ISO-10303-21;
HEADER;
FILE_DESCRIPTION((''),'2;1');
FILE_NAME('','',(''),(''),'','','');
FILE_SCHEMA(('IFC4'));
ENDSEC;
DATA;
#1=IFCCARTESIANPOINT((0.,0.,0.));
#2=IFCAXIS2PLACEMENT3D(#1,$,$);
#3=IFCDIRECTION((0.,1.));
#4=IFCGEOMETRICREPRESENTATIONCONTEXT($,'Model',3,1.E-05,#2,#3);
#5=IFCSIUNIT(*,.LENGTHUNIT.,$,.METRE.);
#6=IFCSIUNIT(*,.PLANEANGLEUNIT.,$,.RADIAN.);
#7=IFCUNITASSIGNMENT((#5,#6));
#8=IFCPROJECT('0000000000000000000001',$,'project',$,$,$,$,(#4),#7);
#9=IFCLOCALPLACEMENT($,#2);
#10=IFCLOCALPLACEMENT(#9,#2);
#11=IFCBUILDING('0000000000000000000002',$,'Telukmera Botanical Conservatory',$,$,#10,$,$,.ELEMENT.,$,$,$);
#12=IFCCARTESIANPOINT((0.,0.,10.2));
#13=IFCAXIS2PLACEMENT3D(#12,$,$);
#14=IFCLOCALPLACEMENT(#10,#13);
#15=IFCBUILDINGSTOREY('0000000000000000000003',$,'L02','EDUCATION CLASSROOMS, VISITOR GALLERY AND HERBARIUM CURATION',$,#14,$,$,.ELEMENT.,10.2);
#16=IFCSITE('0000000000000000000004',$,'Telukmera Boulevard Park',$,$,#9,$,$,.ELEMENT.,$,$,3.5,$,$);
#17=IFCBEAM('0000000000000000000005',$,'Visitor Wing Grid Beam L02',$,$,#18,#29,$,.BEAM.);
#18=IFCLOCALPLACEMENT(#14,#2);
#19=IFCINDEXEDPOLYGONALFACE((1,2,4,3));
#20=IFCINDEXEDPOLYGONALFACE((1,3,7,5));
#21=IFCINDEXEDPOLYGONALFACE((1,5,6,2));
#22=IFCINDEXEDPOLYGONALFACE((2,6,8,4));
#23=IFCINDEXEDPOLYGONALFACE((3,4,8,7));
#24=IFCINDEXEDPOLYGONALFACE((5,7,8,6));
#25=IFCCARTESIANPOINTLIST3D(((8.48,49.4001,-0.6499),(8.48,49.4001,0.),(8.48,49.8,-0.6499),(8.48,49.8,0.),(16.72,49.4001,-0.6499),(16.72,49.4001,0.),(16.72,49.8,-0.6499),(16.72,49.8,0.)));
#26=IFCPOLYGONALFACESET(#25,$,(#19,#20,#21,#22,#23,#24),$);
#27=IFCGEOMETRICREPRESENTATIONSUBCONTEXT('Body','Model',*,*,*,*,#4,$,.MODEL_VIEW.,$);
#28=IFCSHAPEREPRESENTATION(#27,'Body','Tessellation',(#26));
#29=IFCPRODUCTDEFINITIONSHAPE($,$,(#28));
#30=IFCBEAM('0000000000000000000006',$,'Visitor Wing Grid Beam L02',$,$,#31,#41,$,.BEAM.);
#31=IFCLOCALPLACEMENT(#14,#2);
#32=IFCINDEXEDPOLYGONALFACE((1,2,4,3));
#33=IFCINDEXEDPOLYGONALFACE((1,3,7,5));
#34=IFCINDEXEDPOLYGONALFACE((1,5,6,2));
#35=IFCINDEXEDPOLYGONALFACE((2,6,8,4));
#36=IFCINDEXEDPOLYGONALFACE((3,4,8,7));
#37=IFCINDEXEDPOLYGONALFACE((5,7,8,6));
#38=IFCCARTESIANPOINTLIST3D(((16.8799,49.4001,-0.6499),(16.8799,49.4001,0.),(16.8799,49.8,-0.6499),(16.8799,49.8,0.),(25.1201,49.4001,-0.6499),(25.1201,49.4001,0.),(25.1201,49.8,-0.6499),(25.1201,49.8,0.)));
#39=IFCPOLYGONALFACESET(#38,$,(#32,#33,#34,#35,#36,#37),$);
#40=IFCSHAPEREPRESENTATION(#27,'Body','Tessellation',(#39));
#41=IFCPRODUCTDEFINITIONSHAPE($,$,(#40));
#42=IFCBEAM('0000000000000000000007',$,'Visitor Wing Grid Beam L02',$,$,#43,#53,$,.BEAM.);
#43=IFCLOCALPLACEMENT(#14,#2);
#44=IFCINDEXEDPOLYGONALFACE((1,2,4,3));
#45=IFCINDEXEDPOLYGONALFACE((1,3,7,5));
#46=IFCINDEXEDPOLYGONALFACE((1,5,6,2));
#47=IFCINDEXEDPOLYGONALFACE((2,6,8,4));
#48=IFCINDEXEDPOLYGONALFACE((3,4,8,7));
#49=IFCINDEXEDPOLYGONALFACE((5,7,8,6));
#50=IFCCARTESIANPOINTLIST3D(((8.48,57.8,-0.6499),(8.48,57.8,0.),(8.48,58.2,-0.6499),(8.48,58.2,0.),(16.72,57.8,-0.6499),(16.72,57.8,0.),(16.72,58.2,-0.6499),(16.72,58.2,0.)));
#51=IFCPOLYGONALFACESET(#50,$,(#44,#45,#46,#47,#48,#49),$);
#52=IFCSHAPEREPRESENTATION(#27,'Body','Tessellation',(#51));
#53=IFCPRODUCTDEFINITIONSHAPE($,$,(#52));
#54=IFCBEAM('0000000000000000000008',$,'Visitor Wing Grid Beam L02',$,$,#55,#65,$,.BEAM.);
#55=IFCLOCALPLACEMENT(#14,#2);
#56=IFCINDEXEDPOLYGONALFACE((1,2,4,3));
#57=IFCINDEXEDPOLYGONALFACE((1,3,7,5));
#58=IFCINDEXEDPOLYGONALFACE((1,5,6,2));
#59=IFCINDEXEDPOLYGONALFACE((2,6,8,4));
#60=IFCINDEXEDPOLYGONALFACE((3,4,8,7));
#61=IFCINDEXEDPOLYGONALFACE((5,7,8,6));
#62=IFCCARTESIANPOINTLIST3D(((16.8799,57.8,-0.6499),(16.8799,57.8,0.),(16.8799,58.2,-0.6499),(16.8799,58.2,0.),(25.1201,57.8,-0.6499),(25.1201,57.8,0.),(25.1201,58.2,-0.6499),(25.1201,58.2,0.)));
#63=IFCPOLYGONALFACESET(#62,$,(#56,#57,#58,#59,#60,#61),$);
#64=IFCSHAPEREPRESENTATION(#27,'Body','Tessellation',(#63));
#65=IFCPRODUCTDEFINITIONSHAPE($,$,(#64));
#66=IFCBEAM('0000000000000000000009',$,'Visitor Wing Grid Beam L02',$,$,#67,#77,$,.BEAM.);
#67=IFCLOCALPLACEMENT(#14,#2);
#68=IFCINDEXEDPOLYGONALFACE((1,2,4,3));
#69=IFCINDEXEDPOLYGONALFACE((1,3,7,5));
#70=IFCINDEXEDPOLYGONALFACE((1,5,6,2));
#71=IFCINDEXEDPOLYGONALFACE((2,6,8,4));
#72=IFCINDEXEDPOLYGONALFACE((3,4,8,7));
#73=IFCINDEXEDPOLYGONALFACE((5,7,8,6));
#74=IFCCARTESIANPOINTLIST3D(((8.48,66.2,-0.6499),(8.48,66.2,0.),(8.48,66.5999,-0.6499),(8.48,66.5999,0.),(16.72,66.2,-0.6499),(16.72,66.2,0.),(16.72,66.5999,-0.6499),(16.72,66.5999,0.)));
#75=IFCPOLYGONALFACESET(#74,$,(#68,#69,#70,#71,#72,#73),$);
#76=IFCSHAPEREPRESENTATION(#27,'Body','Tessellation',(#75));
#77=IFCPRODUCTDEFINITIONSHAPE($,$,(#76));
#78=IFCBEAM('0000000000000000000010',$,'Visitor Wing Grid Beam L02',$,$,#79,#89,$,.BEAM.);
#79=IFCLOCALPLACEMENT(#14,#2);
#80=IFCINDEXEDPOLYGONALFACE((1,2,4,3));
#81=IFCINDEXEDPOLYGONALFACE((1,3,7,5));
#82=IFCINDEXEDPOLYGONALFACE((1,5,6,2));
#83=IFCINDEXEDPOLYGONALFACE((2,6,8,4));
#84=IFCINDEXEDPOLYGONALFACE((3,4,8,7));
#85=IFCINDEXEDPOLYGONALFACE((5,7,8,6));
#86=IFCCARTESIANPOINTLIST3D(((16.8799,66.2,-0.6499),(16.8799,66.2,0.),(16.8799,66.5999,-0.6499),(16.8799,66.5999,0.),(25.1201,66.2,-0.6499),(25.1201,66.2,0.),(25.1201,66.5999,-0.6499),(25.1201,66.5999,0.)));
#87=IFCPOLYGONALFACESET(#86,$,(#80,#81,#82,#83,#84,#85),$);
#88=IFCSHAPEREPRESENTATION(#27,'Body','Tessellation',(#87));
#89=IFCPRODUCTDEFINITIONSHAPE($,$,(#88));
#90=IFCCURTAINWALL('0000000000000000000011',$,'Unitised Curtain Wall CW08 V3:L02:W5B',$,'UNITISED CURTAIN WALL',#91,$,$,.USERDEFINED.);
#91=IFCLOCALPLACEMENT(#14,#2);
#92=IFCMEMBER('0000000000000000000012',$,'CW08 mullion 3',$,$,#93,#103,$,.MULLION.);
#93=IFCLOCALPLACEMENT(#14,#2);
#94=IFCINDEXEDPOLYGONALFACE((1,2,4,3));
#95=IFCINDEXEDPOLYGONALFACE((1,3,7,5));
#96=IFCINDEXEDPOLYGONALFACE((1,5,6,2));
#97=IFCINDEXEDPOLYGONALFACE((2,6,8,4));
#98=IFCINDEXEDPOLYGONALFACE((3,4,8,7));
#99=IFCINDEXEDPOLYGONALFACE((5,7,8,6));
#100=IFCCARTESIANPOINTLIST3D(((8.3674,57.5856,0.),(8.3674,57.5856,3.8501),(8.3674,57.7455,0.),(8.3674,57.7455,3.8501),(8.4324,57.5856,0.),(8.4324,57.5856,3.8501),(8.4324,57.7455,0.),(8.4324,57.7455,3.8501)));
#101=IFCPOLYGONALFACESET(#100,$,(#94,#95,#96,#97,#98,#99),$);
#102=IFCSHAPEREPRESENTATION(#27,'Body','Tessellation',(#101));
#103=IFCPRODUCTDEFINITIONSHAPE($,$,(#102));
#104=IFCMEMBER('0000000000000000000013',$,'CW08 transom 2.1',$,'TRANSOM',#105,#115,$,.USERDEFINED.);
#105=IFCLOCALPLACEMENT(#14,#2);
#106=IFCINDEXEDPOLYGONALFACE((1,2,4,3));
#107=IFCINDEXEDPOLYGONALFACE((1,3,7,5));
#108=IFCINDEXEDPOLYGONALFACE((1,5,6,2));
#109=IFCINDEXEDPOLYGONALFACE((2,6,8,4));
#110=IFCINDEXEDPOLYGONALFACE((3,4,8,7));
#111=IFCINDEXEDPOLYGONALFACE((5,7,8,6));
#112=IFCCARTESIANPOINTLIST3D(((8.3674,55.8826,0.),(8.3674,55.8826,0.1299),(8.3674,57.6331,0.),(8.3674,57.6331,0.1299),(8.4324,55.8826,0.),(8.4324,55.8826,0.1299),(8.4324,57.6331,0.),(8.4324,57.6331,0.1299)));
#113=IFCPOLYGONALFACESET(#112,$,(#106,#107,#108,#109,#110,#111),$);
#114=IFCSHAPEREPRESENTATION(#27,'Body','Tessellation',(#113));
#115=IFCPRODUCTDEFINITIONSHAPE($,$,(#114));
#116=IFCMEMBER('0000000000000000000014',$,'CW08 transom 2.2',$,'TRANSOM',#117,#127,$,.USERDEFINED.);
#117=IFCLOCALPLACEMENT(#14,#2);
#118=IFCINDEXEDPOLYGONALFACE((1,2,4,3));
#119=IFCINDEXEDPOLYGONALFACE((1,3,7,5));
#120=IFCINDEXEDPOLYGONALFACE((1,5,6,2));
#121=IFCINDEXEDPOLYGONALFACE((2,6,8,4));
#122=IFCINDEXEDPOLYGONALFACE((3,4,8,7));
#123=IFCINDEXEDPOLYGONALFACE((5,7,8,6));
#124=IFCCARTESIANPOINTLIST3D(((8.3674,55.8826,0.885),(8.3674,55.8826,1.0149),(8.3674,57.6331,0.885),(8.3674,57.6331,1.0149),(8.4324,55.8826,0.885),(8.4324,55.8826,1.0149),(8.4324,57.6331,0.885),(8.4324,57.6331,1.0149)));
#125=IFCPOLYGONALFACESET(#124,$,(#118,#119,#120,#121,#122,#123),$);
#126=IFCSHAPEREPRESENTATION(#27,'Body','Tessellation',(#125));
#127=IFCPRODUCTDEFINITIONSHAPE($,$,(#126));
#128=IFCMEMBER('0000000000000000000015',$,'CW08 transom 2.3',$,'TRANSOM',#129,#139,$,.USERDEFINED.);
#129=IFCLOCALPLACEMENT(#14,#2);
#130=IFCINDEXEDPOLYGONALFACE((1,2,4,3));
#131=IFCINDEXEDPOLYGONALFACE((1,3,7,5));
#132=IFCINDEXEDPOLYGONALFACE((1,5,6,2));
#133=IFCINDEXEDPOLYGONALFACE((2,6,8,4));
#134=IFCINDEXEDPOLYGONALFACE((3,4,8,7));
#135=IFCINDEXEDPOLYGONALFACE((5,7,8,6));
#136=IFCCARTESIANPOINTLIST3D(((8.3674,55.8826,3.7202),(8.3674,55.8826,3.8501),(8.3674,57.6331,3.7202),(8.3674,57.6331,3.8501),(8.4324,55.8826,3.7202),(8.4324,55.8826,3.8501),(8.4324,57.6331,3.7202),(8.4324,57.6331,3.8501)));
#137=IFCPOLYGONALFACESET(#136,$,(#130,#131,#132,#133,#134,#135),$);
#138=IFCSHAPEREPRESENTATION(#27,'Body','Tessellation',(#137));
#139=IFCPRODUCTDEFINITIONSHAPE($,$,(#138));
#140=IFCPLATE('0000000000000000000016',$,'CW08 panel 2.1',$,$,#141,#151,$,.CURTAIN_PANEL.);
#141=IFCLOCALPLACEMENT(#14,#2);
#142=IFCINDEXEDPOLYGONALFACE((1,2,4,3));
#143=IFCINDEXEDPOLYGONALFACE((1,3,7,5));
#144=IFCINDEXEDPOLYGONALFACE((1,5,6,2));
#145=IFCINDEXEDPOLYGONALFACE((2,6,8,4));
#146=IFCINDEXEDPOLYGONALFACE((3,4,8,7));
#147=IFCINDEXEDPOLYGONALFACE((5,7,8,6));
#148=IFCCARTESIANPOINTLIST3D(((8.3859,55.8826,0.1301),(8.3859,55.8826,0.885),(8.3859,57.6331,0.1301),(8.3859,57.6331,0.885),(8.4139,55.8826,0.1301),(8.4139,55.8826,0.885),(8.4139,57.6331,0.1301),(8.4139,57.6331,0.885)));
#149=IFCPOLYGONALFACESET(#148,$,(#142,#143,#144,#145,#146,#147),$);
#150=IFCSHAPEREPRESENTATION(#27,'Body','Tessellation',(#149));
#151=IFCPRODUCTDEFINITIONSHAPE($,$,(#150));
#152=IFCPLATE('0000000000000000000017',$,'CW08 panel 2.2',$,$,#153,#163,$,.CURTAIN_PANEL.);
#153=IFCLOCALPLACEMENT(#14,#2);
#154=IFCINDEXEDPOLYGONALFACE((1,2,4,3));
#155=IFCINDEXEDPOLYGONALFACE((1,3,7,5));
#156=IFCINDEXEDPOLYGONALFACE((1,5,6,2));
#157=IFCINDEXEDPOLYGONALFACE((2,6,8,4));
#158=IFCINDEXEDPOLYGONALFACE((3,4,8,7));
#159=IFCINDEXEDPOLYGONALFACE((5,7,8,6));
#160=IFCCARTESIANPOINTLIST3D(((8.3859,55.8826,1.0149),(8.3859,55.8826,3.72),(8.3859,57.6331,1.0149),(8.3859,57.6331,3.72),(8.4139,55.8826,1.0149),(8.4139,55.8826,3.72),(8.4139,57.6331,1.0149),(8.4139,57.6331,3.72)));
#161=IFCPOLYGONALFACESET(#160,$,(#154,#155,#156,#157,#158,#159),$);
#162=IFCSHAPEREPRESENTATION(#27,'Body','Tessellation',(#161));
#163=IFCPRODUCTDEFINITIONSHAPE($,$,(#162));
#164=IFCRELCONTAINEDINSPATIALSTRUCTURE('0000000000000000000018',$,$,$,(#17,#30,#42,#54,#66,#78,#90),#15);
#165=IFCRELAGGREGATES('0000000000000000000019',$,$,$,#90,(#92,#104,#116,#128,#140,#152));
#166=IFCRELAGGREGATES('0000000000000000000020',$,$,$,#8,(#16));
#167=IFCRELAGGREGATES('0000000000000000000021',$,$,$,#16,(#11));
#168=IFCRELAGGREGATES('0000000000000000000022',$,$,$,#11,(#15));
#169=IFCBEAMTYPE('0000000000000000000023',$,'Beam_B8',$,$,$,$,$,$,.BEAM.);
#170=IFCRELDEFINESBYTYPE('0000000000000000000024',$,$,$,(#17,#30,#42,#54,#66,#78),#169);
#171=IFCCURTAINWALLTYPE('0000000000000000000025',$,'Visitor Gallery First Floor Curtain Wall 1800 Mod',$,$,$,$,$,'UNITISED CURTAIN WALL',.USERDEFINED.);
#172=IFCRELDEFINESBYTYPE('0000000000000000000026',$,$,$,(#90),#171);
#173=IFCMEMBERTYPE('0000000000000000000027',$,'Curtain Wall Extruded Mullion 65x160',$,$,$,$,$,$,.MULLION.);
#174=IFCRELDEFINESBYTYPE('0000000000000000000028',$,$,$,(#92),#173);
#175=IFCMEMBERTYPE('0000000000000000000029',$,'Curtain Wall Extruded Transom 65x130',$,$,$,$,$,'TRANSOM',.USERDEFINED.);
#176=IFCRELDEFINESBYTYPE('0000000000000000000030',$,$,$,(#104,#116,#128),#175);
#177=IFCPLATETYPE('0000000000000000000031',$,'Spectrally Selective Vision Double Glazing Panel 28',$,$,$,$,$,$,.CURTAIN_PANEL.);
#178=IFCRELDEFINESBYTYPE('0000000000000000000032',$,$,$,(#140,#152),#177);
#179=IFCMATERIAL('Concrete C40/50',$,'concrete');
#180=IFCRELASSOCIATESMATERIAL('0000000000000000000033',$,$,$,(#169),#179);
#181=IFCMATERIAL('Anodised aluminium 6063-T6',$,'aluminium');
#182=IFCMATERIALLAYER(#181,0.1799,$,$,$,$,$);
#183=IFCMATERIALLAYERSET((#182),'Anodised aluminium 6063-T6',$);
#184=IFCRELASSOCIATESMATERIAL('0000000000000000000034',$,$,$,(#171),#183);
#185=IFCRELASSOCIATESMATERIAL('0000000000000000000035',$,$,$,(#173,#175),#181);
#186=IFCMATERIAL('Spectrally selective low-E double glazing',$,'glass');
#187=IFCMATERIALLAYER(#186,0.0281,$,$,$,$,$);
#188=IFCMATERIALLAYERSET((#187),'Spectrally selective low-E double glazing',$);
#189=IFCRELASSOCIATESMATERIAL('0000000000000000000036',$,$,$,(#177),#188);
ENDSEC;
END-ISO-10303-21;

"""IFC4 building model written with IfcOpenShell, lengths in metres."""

from ifc_helpers import new_model, si_unit, direction, frame, origin, origin_2d, place, context, subcontext, project, spatial, rectangle, extrude, material, layer, layer_set, material_profile, profile_set, type_object, element, aggregate, save


model = new_model("IFC4")

# Units and contexts
model_context = context("Model", 3, precision=1e-05, world=origin(), true_north=direction((0.0, 1.0)))
body_context = subcontext(model_context, "Body", "Model", "MODEL_VIEW")
ifc_project = project(units=[si_unit("LENGTHUNIT", "METRE"), si_unit("PLANEANGLEUNIT", "RADIAN")], contexts=[model_context])

# Site, building, storey
site_placement = place(None, origin())
site = spatial("IfcSite", under=ifc_project, at=site_placement, Name="Telukmera Boulevard Park", CompositionType="ELEMENT", RefElevation=3.5)
building_placement = place(site_placement, origin())
building = spatial("IfcBuilding", under=site, at=building_placement, Name="Telukmera Botanical Conservatory", CompositionType="ELEMENT")
storey_placement = place(building_placement, frame((0.0, 0.0, 10.2)))
storey = spatial("IfcBuildingStorey", under=building, at=storey_placement, Name="L02", Description="EDUCATION CLASSROOMS, VISITOR GALLERY AND HERBARIUM CURATION", CompositionType="ELEMENT", Elevation=10.2)

# Shared definitions
ifc_material_1 = material(Name="Concrete C40/50", Category="concrete")

# Beams
ifc_material_profile_1 = material_profile(ifc_material_1, rectangle(XDim=0.3999, YDim=0.6499, at=origin_2d()), Name="RC 400x650")
ifc_profile_set_1 = profile_set([ifc_material_profile_1], Name="Concrete C40/50")
beam_type_1 = type_object("IfcBeamType", Name="Beam_B8", PredefinedType="BEAM", material=ifc_profile_set_1)
beam_1_placement = place(storey_placement, frame((8.48, 49.6001, -0.325), z_axis=(1.0, 0.0, 0.0), x_axis=(0.0, 1.0, 0.0)))
element("IfcBeam", 1, at=beam_1_placement, inside=storey, type_object=beam_type_1, Name="Visitor Wing Grid Beam L02", PredefinedType="BEAM", context=body_context, shape_type="SweptSolid", body=[
    extrude(rectangle(XDim=0.3999, YDim=0.6499, at=origin_2d()), origin(), (0.0, 0.0, 1.0), 8.24),
])
beam_2_placement = place(storey_placement, frame((16.8799, 49.6001, -0.325), z_axis=(1.0, 0.0, 0.0), x_axis=(0.0, 1.0, 0.0)))
element("IfcBeam", 2, at=beam_2_placement, inside=storey, type_object=beam_type_1, Name="Visitor Wing Grid Beam L02", PredefinedType="BEAM", context=body_context, shape_type="SweptSolid", body=[
    extrude(rectangle(XDim=0.3999, YDim=0.6499, at=origin_2d()), origin(), (0.0, 0.0, 1.0), 8.2402),
])
beam_3_placement = place(storey_placement, frame((8.48, 58.0, -0.325), z_axis=(1.0, 0.0, 0.0), x_axis=(0.0, 1.0, 0.0)))
element("IfcBeam", 3, at=beam_3_placement, inside=storey, type_object=beam_type_1, Name="Visitor Wing Grid Beam L02", PredefinedType="BEAM", context=body_context, shape_type="SweptSolid", body=[
    extrude(rectangle(XDim=0.3999, YDim=0.6499, at=origin_2d()), origin(), (0.0, 0.0, 1.0), 8.24),
])
beam_4_placement = place(storey_placement, frame((16.8799, 58.0, -0.325), z_axis=(1.0, 0.0, 0.0), x_axis=(0.0, 1.0, 0.0)))
element("IfcBeam", 4, at=beam_4_placement, inside=storey, type_object=beam_type_1, Name="Visitor Wing Grid Beam L02", PredefinedType="BEAM", context=body_context, shape_type="SweptSolid", body=[
    extrude(rectangle(XDim=0.3999, YDim=0.6499, at=origin_2d()), origin(), (0.0, 0.0, 1.0), 8.2402),
])
beam_5_placement = place(storey_placement, frame((8.48, 66.3999, -0.325), z_axis=(1.0, 0.0, 0.0), x_axis=(0.0, 1.0, 0.0)))
element("IfcBeam", 5, at=beam_5_placement, inside=storey, type_object=beam_type_1, Name="Visitor Wing Grid Beam L02", PredefinedType="BEAM", context=body_context, shape_type="SweptSolid", body=[
    extrude(rectangle(XDim=0.3999, YDim=0.6499, at=origin_2d()), origin(), (0.0, 0.0, 1.0), 8.24),
])
beam_6_placement = place(storey_placement, frame((16.8799, 66.3999, -0.325), z_axis=(1.0, 0.0, 0.0), x_axis=(0.0, 1.0, 0.0)))
element("IfcBeam", 6, at=beam_6_placement, inside=storey, type_object=beam_type_1, Name="Visitor Wing Grid Beam L02", PredefinedType="BEAM", context=body_context, shape_type="SweptSolid", body=[
    extrude(rectangle(XDim=0.3999, YDim=0.6499, at=origin_2d()), origin(), (0.0, 0.0, 1.0), 8.2402),
])

# Curtain wall, members, plates
ifc_material_2 = material(Name="Anodised aluminium 6063-T6", Category="aluminium")
ifc_layer_1 = layer(ifc_material_2, 0.1799)
ifc_layer_set_1 = layer_set([ifc_layer_1], Name="Anodised aluminium 6063-T6")
curtain_wall_type = type_object("IfcCurtainWallType", Name="Visitor Gallery First Floor Curtain Wall 1800 Mod", ElementType="UNITISED CURTAIN WALL", PredefinedType="USERDEFINED", material=ifc_layer_set_1)
curtain_wall_placement = place(storey_placement, origin())
curtain_wall = element("IfcCurtainWall", 7, at=curtain_wall_placement, inside=storey, type_object=curtain_wall_type, Name="Unitised Curtain Wall CW08 V3:L02:W5B", ObjectType="UNITISED CURTAIN WALL", PredefinedType="USERDEFINED")
ifc_material_profile_2 = material_profile(ifc_material_2, rectangle(XDim=0.0649, YDim=0.1599, at=origin_2d()), Name="ALU MULL 65x160")
ifc_profile_set_2 = profile_set([ifc_material_profile_2], Name="Anodised aluminium 6063-T6")
member_type_1 = type_object("IfcMemberType", Name="Curtain Wall Extruded Mullion 65x160", PredefinedType="MULLION", material=ifc_profile_set_2)
member_1_placement = place(storey_placement, frame((8.3999, 57.6655, 0.0), z_axis=(0.0, 0.0, 1.0), x_axis=(-1.0, 0.0, 0.0)))
member_1 = element("IfcMember", 8, at=member_1_placement, type_object=member_type_1, Name="CW08 mullion 3", PredefinedType="MULLION", context=body_context, shape_type="SweptSolid", body=[
    extrude(rectangle(XDim=0.0649, YDim=0.1599, at=origin_2d()), origin(), (0.0, 0.0, 1.0), 3.8501),
])
ifc_material_profile_3 = material_profile(ifc_material_2, rectangle(XDim=0.0649, YDim=0.1299, at=origin_2d()), Name="ALU TRAN 65x130")
ifc_profile_set_3 = profile_set([ifc_material_profile_3], Name="Anodised aluminium 6063-T6")
member_type_2 = type_object("IfcMemberType", Name="Curtain Wall Extruded Transom 65x130", ElementType="TRANSOM", PredefinedType="USERDEFINED", material=ifc_profile_set_3)
member_2_placement = place(storey_placement, frame((8.3999, 55.8826, 0.0649), z_axis=(0.0, 1.0, 0.0), x_axis=(-1.0, 0.0, 0.0)))
member_2 = element("IfcMember", 9, at=member_2_placement, type_object=member_type_2, Name="CW08 transom 2.1", ObjectType="TRANSOM", PredefinedType="USERDEFINED", context=body_context, shape_type="SweptSolid", body=[
    extrude(rectangle(XDim=0.0649, YDim=0.1299, at=origin_2d()), origin(), (0.0, 0.0, 1.0), 1.7505),
])
member_3_placement = place(storey_placement, frame((8.3999, 55.8826, 0.95), z_axis=(0.0, 1.0, 0.0), x_axis=(-1.0, 0.0, 0.0)))
member_3 = element("IfcMember", 10, at=member_3_placement, type_object=member_type_2, Name="CW08 transom 2.2", ObjectType="TRANSOM", PredefinedType="USERDEFINED", context=body_context, shape_type="SweptSolid", body=[
    extrude(rectangle(XDim=0.0649, YDim=0.1299, at=origin_2d()), origin(), (0.0, 0.0, 1.0), 1.7505),
])
member_4_placement = place(storey_placement, frame((8.3999, 55.8826, 3.7852), z_axis=(0.0, 1.0, 0.0), x_axis=(-1.0, 0.0, 0.0)))
member_4 = element("IfcMember", 11, at=member_4_placement, type_object=member_type_2, Name="CW08 transom 2.3", ObjectType="TRANSOM", PredefinedType="USERDEFINED", context=body_context, shape_type="SweptSolid", body=[
    extrude(rectangle(XDim=0.0649, YDim=0.1299, at=origin_2d()), origin(), (0.0, 0.0, 1.0), 1.7505),
])
ifc_material_3 = material(Name="Spectrally selective low-E double glazing", Category="glass")
ifc_layer_2 = layer(ifc_material_3, 0.0281)
ifc_layer_set_2 = layer_set([ifc_layer_2], Name="Spectrally selective low-E double glazing")
plate_type = type_object("IfcPlateType", Name="Spectrally Selective Vision Double Glazing Panel 28", PredefinedType="CURTAIN_PANEL", material=ifc_layer_set_2)
plate_1_placement = place(storey_placement, frame((8.3999, 56.7578, 0.1301), z_axis=(0.0, 0.0, 1.0), x_axis=(0.0, 1.0, 0.0)))
plate_1 = element("IfcPlate", 12, at=plate_1_placement, type_object=plate_type, Name="CW08 panel 2.1", PredefinedType="CURTAIN_PANEL", context=body_context, shape_type="SweptSolid", body=[
    extrude(rectangle(XDim=1.7505, YDim=0.0281, at=origin_2d()), origin(), (0.0, 0.0, 1.0), 0.7549),
])
plate_2_placement = place(storey_placement, frame((8.3999, 56.7578, 1.0149), z_axis=(0.0, 0.0, 1.0), x_axis=(0.0, 1.0, 0.0)))
plate_2 = element("IfcPlate", 13, at=plate_2_placement, type_object=plate_type, Name="CW08 panel 2.2", PredefinedType="CURTAIN_PANEL", context=body_context, shape_type="SweptSolid", body=[
    extrude(rectangle(XDim=1.7505, YDim=0.0281, at=origin_2d()), origin(), (0.0, 0.0, 1.0), 2.7051),
])
aggregate(curtain_wall, [member_1, member_2, member_3, member_4, plate_1, plate_2])

save(model, "model.ifc")
